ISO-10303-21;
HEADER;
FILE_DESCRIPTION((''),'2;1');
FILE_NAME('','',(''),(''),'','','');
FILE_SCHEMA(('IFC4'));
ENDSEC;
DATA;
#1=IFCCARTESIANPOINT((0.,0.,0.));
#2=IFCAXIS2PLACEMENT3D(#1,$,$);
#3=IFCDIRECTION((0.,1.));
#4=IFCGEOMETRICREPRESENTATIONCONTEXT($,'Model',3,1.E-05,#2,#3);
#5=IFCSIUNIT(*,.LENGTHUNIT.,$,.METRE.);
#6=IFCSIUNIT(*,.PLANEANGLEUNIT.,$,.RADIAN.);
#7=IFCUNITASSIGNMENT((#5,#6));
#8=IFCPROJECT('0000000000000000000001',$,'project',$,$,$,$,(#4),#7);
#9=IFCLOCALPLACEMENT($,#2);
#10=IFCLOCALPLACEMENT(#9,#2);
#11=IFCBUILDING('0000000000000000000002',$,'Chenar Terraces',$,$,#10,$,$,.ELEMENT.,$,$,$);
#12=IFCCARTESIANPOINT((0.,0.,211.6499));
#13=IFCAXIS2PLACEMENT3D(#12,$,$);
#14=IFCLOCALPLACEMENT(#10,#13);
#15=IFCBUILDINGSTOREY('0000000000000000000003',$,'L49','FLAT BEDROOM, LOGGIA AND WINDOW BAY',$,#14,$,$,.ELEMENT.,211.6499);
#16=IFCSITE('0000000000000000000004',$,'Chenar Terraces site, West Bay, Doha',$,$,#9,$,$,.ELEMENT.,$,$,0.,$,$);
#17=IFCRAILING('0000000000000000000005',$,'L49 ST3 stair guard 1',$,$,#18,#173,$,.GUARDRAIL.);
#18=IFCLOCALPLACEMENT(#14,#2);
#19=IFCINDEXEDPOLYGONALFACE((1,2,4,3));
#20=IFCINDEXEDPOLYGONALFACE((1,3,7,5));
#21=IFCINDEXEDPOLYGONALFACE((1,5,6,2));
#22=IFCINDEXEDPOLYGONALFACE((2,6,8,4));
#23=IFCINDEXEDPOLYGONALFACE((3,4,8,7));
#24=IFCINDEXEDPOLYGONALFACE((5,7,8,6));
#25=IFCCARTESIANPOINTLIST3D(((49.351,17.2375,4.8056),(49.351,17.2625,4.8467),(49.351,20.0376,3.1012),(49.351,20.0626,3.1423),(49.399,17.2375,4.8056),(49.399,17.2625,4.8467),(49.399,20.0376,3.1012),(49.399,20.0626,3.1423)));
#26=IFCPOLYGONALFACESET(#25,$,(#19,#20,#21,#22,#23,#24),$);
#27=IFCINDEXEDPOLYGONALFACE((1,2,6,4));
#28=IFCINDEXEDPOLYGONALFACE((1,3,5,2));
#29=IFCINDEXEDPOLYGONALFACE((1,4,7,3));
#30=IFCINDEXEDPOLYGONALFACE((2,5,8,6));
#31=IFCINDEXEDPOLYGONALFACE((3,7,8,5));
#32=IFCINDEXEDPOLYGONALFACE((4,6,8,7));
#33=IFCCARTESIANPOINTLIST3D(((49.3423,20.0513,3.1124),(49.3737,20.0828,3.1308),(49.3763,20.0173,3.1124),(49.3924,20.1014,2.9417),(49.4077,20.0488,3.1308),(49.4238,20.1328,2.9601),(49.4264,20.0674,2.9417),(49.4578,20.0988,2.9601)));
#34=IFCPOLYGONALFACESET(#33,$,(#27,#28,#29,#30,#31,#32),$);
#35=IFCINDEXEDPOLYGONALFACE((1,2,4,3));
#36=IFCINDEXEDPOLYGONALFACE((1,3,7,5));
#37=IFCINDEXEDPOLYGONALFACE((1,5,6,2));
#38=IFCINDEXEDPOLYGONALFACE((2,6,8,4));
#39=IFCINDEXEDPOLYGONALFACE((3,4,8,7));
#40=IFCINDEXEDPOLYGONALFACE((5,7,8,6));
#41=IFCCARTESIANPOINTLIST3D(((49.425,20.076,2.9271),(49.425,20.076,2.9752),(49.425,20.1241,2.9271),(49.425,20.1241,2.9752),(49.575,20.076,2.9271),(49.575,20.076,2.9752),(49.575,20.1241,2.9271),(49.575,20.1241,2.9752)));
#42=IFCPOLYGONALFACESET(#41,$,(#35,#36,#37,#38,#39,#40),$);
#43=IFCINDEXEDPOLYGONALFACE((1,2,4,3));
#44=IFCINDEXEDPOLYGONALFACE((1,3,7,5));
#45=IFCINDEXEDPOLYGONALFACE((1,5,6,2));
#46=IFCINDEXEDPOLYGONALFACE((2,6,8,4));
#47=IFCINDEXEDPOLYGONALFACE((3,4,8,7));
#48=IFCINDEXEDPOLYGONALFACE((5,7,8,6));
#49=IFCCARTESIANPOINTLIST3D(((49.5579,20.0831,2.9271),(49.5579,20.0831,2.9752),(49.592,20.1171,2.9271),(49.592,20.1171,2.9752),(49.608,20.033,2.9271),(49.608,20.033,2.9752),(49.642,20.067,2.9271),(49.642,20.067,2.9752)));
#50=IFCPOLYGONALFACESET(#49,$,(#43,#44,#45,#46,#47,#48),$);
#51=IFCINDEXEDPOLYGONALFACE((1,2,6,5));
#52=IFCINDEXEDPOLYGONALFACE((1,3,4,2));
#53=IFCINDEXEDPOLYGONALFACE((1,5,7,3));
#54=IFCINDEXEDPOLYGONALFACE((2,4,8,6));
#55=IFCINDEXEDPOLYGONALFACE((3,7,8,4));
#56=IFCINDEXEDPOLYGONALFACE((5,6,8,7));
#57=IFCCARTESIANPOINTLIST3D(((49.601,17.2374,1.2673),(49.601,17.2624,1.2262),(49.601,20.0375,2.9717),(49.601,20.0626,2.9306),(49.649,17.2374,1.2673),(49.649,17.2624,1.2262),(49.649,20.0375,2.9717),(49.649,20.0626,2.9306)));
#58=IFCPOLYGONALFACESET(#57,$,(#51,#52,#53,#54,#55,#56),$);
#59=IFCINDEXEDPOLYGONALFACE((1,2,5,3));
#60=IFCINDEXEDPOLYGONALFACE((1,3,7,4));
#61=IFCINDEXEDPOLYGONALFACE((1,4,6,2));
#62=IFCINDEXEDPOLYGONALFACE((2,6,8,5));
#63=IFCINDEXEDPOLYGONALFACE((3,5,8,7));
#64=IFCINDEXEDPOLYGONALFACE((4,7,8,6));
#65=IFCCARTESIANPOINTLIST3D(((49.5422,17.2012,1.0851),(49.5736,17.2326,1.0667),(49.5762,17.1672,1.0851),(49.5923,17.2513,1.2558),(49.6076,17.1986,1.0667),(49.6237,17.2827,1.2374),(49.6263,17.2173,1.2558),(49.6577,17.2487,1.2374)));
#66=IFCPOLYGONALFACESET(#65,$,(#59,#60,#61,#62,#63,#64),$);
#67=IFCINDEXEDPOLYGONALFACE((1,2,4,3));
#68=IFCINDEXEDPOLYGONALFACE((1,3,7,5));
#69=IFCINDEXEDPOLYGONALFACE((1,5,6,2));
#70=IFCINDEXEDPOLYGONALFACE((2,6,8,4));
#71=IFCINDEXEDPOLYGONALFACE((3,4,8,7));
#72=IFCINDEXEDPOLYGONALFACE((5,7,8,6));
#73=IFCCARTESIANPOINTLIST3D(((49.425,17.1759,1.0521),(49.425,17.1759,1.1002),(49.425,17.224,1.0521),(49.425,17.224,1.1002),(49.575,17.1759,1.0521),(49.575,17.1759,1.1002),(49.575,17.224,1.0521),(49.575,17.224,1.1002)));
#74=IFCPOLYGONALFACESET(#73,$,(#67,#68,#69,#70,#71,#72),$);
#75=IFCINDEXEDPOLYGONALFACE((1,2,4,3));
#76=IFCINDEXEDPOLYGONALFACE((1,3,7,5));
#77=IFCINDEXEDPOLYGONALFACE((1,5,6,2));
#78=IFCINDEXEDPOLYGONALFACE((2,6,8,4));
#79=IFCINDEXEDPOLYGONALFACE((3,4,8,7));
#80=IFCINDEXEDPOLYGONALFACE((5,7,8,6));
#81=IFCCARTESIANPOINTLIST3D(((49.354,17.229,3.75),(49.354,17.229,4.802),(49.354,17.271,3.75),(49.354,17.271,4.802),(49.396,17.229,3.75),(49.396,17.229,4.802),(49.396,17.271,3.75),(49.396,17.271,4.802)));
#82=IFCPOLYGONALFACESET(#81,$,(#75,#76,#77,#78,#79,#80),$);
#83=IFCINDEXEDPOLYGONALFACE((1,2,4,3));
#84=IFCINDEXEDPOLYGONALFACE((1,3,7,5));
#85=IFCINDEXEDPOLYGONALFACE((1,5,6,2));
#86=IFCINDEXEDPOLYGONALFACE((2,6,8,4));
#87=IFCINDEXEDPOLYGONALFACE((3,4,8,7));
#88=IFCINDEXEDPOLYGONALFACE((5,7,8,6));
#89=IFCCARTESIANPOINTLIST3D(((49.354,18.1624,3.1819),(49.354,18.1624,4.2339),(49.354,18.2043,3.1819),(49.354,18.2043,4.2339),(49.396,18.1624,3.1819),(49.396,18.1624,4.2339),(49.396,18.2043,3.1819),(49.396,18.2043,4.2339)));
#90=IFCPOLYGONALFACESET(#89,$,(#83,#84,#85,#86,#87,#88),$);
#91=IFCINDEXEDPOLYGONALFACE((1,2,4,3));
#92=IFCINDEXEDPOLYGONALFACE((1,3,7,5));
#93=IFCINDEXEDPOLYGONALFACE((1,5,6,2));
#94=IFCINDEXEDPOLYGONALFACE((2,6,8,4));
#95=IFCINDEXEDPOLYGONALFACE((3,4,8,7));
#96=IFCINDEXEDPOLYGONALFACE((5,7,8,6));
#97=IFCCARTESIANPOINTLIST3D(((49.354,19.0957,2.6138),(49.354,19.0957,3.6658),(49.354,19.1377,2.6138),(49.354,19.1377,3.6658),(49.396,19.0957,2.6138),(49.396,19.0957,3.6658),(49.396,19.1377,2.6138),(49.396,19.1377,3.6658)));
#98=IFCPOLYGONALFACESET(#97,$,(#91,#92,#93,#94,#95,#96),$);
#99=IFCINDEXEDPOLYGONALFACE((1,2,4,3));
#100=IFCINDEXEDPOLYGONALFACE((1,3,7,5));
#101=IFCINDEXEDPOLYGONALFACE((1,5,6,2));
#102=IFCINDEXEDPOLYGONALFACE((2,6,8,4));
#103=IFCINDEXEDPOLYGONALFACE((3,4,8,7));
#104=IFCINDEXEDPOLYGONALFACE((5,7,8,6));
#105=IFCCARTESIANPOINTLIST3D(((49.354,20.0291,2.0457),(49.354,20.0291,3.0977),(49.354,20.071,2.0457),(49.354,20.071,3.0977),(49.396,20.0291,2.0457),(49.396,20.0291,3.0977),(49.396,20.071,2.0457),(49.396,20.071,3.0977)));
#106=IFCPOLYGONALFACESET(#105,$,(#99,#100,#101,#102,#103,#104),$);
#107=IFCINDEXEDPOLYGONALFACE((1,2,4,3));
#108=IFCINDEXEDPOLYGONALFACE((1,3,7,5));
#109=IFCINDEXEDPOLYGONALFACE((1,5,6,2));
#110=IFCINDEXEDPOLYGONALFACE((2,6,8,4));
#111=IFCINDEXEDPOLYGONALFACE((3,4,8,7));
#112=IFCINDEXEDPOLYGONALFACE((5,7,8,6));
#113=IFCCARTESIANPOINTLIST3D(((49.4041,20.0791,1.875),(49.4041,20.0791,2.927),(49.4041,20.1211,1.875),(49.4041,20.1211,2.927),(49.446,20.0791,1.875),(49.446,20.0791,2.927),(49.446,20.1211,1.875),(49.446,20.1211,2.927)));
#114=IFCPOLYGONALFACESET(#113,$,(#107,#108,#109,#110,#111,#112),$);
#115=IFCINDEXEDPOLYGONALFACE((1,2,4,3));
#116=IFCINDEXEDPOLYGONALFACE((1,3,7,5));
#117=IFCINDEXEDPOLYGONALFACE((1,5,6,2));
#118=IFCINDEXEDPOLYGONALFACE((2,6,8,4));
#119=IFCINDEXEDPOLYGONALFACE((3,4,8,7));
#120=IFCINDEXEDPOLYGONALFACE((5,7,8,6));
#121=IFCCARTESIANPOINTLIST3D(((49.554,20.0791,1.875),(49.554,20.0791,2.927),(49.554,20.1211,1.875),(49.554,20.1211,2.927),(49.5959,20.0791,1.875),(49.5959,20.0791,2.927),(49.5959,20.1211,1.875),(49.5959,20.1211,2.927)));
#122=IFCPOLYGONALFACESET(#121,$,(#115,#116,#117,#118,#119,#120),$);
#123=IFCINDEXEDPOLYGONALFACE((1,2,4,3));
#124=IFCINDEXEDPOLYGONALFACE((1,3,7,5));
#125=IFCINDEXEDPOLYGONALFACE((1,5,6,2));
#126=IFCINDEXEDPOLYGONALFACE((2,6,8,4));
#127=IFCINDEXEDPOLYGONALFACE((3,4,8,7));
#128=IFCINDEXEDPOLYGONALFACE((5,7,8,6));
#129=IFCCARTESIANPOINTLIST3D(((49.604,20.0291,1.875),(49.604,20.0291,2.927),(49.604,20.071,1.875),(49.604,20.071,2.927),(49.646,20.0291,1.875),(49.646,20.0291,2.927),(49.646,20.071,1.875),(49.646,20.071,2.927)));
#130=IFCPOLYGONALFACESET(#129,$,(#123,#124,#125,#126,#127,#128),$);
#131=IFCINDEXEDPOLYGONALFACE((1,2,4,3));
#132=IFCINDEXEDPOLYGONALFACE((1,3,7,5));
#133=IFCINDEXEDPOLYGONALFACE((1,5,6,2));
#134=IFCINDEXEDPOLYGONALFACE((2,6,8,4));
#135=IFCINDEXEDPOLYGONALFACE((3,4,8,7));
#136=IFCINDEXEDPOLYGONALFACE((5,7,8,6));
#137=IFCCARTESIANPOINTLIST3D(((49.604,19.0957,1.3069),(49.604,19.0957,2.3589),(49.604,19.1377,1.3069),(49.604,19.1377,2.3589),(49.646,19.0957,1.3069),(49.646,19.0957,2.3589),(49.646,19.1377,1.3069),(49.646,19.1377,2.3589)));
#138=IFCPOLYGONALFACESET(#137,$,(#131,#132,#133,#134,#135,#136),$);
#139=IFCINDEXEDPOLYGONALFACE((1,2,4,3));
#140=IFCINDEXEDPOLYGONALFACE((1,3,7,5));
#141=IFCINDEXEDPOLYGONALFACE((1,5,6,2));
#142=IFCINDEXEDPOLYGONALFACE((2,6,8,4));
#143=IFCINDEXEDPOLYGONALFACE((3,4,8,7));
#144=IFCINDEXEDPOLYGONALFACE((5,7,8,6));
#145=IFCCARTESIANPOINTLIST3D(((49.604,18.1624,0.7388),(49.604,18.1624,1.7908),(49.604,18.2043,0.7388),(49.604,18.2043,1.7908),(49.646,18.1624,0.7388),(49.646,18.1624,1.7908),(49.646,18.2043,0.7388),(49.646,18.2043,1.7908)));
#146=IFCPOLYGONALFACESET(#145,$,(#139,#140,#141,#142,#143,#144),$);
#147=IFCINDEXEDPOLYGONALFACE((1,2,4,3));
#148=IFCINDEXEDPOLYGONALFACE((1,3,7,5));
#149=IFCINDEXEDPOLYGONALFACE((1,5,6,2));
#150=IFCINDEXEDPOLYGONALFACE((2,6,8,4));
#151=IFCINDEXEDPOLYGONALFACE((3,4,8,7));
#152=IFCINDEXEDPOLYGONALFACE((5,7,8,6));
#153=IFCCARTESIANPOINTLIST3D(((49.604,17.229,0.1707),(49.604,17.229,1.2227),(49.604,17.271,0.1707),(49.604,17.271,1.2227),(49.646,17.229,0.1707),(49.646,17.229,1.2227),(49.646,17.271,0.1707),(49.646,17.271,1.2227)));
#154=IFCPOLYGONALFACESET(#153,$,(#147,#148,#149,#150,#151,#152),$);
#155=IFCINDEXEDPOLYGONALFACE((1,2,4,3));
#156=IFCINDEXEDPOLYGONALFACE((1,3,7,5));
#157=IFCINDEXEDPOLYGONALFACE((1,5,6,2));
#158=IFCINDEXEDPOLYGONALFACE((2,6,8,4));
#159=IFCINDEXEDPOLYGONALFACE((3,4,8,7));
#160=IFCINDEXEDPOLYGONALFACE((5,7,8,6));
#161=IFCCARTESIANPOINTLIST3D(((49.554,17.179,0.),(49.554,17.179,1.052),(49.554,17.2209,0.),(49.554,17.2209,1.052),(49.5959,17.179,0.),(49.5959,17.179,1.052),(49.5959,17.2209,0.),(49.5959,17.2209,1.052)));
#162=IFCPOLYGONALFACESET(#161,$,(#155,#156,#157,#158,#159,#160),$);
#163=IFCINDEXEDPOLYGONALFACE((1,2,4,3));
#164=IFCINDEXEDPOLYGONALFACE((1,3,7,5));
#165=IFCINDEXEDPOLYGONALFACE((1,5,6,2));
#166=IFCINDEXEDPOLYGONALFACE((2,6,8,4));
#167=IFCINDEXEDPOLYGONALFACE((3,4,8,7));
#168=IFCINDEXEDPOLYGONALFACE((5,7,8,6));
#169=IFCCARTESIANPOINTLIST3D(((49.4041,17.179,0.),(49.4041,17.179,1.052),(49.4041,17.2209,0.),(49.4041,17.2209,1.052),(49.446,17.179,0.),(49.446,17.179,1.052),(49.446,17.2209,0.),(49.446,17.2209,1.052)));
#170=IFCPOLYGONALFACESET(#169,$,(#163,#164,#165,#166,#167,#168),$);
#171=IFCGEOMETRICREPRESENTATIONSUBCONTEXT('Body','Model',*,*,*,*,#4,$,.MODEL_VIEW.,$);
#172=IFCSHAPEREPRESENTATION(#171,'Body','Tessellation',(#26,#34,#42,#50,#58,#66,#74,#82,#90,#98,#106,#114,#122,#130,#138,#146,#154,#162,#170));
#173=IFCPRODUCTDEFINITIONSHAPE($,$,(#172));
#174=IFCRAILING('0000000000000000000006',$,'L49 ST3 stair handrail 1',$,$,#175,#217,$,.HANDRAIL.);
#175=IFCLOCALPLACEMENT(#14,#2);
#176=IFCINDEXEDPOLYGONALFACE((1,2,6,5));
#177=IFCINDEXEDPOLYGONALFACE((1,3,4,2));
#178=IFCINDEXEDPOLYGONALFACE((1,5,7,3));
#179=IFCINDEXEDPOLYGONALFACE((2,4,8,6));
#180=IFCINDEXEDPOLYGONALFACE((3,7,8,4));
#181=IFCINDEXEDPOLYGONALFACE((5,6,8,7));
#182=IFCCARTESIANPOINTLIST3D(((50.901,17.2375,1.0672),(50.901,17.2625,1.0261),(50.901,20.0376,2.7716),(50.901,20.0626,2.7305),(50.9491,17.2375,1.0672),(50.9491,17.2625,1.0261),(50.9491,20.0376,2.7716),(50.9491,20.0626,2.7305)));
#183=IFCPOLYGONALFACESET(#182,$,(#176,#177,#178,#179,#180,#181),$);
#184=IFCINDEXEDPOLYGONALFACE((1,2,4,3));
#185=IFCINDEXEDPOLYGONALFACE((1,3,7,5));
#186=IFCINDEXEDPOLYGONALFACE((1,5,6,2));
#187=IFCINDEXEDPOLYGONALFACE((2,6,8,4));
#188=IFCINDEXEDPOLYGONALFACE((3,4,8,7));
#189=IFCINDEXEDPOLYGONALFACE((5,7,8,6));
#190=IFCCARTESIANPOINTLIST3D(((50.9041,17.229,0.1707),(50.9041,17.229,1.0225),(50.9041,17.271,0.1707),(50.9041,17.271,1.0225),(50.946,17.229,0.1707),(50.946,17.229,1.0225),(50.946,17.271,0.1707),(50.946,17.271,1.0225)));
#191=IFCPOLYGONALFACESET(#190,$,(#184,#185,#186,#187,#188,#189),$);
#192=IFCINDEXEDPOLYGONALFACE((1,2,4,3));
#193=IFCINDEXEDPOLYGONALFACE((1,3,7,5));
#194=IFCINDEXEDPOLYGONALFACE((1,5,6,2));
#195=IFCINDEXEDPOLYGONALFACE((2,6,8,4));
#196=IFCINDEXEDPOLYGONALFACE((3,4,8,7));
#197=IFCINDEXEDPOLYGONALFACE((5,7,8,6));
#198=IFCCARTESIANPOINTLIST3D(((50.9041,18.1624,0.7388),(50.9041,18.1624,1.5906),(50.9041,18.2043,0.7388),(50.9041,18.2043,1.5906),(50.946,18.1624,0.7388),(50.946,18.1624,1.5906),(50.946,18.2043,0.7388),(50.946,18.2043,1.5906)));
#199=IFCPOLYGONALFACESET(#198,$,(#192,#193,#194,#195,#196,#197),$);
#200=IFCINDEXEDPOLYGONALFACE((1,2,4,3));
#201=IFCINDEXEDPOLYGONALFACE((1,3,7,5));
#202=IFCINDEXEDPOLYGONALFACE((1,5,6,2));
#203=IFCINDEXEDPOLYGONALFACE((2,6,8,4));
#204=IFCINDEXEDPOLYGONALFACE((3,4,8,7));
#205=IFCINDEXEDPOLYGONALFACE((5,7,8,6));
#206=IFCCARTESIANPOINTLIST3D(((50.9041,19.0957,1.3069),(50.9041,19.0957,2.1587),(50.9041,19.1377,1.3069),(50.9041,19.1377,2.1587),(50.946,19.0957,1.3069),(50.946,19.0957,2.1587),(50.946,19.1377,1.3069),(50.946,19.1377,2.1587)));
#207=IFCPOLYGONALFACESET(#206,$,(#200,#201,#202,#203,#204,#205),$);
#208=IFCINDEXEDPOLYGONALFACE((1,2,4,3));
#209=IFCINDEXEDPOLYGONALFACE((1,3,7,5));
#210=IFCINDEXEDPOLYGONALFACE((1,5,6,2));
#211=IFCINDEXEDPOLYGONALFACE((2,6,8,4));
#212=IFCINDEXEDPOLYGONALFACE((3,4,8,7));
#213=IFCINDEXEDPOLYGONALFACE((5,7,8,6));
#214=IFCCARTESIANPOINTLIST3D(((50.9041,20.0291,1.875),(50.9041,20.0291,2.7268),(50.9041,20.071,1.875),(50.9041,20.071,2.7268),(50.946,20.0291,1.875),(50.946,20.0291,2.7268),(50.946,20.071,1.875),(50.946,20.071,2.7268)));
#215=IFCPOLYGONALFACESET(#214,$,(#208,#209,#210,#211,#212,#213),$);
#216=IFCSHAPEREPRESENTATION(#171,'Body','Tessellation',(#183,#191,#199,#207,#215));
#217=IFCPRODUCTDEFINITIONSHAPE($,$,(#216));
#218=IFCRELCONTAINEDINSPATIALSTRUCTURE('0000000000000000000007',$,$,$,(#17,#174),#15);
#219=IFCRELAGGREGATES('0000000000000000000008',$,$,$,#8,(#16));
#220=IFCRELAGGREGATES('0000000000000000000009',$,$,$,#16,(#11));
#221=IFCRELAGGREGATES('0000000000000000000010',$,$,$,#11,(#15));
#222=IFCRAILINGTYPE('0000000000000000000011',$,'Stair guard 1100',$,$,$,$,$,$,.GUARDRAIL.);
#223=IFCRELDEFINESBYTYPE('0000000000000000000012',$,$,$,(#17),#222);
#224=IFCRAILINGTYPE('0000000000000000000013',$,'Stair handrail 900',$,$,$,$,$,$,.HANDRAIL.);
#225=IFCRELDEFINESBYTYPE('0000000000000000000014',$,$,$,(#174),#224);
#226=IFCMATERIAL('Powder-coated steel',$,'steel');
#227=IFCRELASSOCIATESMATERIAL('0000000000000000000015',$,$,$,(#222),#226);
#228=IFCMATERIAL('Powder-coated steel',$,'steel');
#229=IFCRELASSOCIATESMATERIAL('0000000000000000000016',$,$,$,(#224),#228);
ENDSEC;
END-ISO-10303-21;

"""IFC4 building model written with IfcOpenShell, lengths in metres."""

from ifc_helpers import new_model, si_unit, direction, frame, origin, origin_2d, place, context, subcontext, project, spatial, rectangle, extrude, material, type_object, element, save


model = new_model("IFC4")

# Units and contexts
model_context = context("Model", 3, precision=1e-05, world=origin(), true_north=direction((0.0, 1.0)))
body_context = subcontext(model_context, "Body", "Model", "MODEL_VIEW")
ifc_project = project(units=[si_unit("LENGTHUNIT", "METRE"), si_unit("PLANEANGLEUNIT", "RADIAN")], contexts=[model_context])

# Site, building, storey
site_placement = place(None, origin())
site = spatial("IfcSite", under=ifc_project, at=site_placement, Name="Chenar Terraces site, West Bay, Doha", CompositionType="ELEMENT", RefElevation=0.0)
building_placement = place(site_placement, origin())
building = spatial("IfcBuilding", under=site, at=building_placement, Name="Chenar Terraces", CompositionType="ELEMENT")
storey_placement = place(building_placement, frame((0.0, 0.0, 211.6499)))
storey = spatial("IfcBuildingStorey", under=building, at=storey_placement, Name="L49", Description="FLAT BEDROOM, LOGGIA AND WINDOW BAY", CompositionType="ELEMENT", Elevation=211.6499)

# Railings
ifc_material_1 = material(Name="Powder-coated steel", Category="steel")
railing_type_1 = type_object("IfcRailingType", Name="Stair guard 1100", PredefinedType="GUARDRAIL", material=ifc_material_1)
railing_1_placement = place(storey_placement, frame((49.375, 17.25, 3.75)))
element("IfcRailing", 1, at=railing_1_placement, inside=storey, type_object=railing_type_1, Name="L49 ST3 stair guard 1", PredefinedType="GUARDRAIL", context=body_context, shape_type="SweptSolid", body=[
    extrude(rectangle(XDim=0.0481, YDim=0.0481, at=origin_2d()), frame((0.0, 0.0, 1.0762), z_axis=(0.0, 0.854203, -0.51994), x_axis=(-1.0, 0.0, 0.0)), (0.0, 0.0, 1.0), 3.2781),
    extrude(rectangle(XDim=0.0481, YDim=0.0481, at=origin_2d()), frame((0.0, 2.8, -0.6284), z_axis=(0.2709, 0.2709, -0.923703), x_axis=(-0.707107, 0.707107, 0.0)), (0.0, 0.0, 1.0), 0.1848),
    extrude(rectangle(XDim=0.0481, YDim=0.0481, at=origin_2d()), frame((0.05, 2.8501, -0.7988), z_axis=(1.0, 0.0, 0.0), x_axis=(0.0, 1.0, 0.0)), (0.0, 0.0, 1.0), 0.1499),
    extrude(rectangle(XDim=0.0481, YDim=0.0481, at=origin_2d()), frame((0.2, 2.8501, -0.7988), z_axis=(0.707107, -0.707107, 0.0), x_axis=(0.707107, 0.707107, 0.0)), (0.0, 0.0, 1.0), 0.0708),
    extrude(rectangle(XDim=0.0481, YDim=0.0481, at=origin_2d()), frame((0.25, 2.8, -0.7988), z_axis=(0.0, -0.854203, -0.51994), x_axis=(1.0, 0.0, 0.0)), (0.0, 0.0, 1.0), 3.2781),
    extrude(rectangle(XDim=0.0481, YDim=0.0481, at=origin_2d()), frame((0.25, 0.0, -2.5034), z_axis=(-0.2709, -0.2709, -0.923703), x_axis=(0.707107, -0.707107, 0.0)), (0.0, 0.0, 1.0), 0.1848),
    extrude(rectangle(XDim=0.0481, YDim=0.0481, at=origin_2d()), frame((0.2, -0.05, -2.6738), z_axis=(-1.0, 0.0, 0.0), x_axis=(0.0, -1.0, 0.0)), (0.0, 0.0, 1.0), 0.1499),
    extrude(rectangle(XDim=0.042, YDim=0.042, at=origin_2d()), origin(), (0.0, 0.0, 1.0), 1.052),
    extrude(rectangle(XDim=0.042, YDim=0.042, at=origin_2d()), frame((0.0, 0.9333, -0.5681)), (0.0, 0.0, 1.0), 1.052),
    extrude(rectangle(XDim=0.042, YDim=0.042, at=origin_2d()), frame((0.0, 1.8667, -1.1362)), (0.0, 0.0, 1.0), 1.052),
    extrude(rectangle(XDim=0.042, YDim=0.042, at=origin_2d()), frame((0.0, 2.8, -1.7043)), (0.0, 0.0, 1.0), 1.052),
    extrude(rectangle(XDim=0.042, YDim=0.042, at=origin_2d()), frame((0.05, 2.8501, -1.875)), (0.0, 0.0, 1.0), 1.052),
    extrude(rectangle(XDim=0.042, YDim=0.042, at=origin_2d()), frame((0.2, 2.8501, -1.875)), (0.0, 0.0, 1.0), 1.052),
    extrude(rectangle(XDim=0.042, YDim=0.042, at=origin_2d()), frame((0.25, 2.8, -1.875)), (0.0, 0.0, 1.0), 1.052),
    extrude(rectangle(XDim=0.042, YDim=0.042, at=origin_2d()), frame((0.25, 1.8667, -2.4431)), (0.0, 0.0, 1.0), 1.052),
    extrude(rectangle(XDim=0.042, YDim=0.042, at=origin_2d()), frame((0.25, 0.9333, -3.0112)), (0.0, 0.0, 1.0), 1.052),
    extrude(rectangle(XDim=0.042, YDim=0.042, at=origin_2d()), frame((0.25, 0.0, -3.5793)), (0.0, 0.0, 1.0), 1.052),
    extrude(rectangle(XDim=0.042, YDim=0.042, at=origin_2d()), frame((0.2, -0.05, -3.75)), (0.0, 0.0, 1.0), 1.052),
    extrude(rectangle(XDim=0.042, YDim=0.042, at=origin_2d()), frame((0.05, -0.05, -3.75)), (0.0, 0.0, 1.0), 1.052),
])
ifc_material_2 = material(Name="Powder-coated steel", Category="steel")
railing_type_2 = type_object("IfcRailingType", Name="Stair handrail 900", PredefinedType="HANDRAIL", material=ifc_material_2)
railing_2_placement = place(storey_placement, frame((50.925, 17.25, 0.1707)))
element("IfcRailing", 2, at=railing_2_placement, inside=storey, type_object=railing_type_2, Name="L49 ST3 stair handrail 1", PredefinedType="HANDRAIL", context=body_context, shape_type="SweptSolid", body=[
    extrude(rectangle(XDim=0.0481, YDim=0.0481, at=origin_2d()), frame((0.0, 0.0, 0.876), z_axis=(0.0, 0.854203, 0.51994), x_axis=(-1.0, 0.0, 0.0)), (0.0, 0.0, 1.0), 3.2781),
    extrude(rectangle(XDim=0.042, YDim=0.042, at=origin_2d()), origin(), (0.0, 0.0, 1.0), 0.8518),
    extrude(rectangle(XDim=0.042, YDim=0.042, at=origin_2d()), frame((0.0, 0.9333, 0.5681)), (0.0, 0.0, 1.0), 0.8518),
    extrude(rectangle(XDim=0.042, YDim=0.042, at=origin_2d()), frame((0.0, 1.8667, 1.1362)), (0.0, 0.0, 1.0), 0.8518),
    extrude(rectangle(XDim=0.042, YDim=0.042, at=origin_2d()), frame((0.0, 2.8, 1.7043)), (0.0, 0.0, 1.0), 0.8518),
])

save(model, "model.ifc")
